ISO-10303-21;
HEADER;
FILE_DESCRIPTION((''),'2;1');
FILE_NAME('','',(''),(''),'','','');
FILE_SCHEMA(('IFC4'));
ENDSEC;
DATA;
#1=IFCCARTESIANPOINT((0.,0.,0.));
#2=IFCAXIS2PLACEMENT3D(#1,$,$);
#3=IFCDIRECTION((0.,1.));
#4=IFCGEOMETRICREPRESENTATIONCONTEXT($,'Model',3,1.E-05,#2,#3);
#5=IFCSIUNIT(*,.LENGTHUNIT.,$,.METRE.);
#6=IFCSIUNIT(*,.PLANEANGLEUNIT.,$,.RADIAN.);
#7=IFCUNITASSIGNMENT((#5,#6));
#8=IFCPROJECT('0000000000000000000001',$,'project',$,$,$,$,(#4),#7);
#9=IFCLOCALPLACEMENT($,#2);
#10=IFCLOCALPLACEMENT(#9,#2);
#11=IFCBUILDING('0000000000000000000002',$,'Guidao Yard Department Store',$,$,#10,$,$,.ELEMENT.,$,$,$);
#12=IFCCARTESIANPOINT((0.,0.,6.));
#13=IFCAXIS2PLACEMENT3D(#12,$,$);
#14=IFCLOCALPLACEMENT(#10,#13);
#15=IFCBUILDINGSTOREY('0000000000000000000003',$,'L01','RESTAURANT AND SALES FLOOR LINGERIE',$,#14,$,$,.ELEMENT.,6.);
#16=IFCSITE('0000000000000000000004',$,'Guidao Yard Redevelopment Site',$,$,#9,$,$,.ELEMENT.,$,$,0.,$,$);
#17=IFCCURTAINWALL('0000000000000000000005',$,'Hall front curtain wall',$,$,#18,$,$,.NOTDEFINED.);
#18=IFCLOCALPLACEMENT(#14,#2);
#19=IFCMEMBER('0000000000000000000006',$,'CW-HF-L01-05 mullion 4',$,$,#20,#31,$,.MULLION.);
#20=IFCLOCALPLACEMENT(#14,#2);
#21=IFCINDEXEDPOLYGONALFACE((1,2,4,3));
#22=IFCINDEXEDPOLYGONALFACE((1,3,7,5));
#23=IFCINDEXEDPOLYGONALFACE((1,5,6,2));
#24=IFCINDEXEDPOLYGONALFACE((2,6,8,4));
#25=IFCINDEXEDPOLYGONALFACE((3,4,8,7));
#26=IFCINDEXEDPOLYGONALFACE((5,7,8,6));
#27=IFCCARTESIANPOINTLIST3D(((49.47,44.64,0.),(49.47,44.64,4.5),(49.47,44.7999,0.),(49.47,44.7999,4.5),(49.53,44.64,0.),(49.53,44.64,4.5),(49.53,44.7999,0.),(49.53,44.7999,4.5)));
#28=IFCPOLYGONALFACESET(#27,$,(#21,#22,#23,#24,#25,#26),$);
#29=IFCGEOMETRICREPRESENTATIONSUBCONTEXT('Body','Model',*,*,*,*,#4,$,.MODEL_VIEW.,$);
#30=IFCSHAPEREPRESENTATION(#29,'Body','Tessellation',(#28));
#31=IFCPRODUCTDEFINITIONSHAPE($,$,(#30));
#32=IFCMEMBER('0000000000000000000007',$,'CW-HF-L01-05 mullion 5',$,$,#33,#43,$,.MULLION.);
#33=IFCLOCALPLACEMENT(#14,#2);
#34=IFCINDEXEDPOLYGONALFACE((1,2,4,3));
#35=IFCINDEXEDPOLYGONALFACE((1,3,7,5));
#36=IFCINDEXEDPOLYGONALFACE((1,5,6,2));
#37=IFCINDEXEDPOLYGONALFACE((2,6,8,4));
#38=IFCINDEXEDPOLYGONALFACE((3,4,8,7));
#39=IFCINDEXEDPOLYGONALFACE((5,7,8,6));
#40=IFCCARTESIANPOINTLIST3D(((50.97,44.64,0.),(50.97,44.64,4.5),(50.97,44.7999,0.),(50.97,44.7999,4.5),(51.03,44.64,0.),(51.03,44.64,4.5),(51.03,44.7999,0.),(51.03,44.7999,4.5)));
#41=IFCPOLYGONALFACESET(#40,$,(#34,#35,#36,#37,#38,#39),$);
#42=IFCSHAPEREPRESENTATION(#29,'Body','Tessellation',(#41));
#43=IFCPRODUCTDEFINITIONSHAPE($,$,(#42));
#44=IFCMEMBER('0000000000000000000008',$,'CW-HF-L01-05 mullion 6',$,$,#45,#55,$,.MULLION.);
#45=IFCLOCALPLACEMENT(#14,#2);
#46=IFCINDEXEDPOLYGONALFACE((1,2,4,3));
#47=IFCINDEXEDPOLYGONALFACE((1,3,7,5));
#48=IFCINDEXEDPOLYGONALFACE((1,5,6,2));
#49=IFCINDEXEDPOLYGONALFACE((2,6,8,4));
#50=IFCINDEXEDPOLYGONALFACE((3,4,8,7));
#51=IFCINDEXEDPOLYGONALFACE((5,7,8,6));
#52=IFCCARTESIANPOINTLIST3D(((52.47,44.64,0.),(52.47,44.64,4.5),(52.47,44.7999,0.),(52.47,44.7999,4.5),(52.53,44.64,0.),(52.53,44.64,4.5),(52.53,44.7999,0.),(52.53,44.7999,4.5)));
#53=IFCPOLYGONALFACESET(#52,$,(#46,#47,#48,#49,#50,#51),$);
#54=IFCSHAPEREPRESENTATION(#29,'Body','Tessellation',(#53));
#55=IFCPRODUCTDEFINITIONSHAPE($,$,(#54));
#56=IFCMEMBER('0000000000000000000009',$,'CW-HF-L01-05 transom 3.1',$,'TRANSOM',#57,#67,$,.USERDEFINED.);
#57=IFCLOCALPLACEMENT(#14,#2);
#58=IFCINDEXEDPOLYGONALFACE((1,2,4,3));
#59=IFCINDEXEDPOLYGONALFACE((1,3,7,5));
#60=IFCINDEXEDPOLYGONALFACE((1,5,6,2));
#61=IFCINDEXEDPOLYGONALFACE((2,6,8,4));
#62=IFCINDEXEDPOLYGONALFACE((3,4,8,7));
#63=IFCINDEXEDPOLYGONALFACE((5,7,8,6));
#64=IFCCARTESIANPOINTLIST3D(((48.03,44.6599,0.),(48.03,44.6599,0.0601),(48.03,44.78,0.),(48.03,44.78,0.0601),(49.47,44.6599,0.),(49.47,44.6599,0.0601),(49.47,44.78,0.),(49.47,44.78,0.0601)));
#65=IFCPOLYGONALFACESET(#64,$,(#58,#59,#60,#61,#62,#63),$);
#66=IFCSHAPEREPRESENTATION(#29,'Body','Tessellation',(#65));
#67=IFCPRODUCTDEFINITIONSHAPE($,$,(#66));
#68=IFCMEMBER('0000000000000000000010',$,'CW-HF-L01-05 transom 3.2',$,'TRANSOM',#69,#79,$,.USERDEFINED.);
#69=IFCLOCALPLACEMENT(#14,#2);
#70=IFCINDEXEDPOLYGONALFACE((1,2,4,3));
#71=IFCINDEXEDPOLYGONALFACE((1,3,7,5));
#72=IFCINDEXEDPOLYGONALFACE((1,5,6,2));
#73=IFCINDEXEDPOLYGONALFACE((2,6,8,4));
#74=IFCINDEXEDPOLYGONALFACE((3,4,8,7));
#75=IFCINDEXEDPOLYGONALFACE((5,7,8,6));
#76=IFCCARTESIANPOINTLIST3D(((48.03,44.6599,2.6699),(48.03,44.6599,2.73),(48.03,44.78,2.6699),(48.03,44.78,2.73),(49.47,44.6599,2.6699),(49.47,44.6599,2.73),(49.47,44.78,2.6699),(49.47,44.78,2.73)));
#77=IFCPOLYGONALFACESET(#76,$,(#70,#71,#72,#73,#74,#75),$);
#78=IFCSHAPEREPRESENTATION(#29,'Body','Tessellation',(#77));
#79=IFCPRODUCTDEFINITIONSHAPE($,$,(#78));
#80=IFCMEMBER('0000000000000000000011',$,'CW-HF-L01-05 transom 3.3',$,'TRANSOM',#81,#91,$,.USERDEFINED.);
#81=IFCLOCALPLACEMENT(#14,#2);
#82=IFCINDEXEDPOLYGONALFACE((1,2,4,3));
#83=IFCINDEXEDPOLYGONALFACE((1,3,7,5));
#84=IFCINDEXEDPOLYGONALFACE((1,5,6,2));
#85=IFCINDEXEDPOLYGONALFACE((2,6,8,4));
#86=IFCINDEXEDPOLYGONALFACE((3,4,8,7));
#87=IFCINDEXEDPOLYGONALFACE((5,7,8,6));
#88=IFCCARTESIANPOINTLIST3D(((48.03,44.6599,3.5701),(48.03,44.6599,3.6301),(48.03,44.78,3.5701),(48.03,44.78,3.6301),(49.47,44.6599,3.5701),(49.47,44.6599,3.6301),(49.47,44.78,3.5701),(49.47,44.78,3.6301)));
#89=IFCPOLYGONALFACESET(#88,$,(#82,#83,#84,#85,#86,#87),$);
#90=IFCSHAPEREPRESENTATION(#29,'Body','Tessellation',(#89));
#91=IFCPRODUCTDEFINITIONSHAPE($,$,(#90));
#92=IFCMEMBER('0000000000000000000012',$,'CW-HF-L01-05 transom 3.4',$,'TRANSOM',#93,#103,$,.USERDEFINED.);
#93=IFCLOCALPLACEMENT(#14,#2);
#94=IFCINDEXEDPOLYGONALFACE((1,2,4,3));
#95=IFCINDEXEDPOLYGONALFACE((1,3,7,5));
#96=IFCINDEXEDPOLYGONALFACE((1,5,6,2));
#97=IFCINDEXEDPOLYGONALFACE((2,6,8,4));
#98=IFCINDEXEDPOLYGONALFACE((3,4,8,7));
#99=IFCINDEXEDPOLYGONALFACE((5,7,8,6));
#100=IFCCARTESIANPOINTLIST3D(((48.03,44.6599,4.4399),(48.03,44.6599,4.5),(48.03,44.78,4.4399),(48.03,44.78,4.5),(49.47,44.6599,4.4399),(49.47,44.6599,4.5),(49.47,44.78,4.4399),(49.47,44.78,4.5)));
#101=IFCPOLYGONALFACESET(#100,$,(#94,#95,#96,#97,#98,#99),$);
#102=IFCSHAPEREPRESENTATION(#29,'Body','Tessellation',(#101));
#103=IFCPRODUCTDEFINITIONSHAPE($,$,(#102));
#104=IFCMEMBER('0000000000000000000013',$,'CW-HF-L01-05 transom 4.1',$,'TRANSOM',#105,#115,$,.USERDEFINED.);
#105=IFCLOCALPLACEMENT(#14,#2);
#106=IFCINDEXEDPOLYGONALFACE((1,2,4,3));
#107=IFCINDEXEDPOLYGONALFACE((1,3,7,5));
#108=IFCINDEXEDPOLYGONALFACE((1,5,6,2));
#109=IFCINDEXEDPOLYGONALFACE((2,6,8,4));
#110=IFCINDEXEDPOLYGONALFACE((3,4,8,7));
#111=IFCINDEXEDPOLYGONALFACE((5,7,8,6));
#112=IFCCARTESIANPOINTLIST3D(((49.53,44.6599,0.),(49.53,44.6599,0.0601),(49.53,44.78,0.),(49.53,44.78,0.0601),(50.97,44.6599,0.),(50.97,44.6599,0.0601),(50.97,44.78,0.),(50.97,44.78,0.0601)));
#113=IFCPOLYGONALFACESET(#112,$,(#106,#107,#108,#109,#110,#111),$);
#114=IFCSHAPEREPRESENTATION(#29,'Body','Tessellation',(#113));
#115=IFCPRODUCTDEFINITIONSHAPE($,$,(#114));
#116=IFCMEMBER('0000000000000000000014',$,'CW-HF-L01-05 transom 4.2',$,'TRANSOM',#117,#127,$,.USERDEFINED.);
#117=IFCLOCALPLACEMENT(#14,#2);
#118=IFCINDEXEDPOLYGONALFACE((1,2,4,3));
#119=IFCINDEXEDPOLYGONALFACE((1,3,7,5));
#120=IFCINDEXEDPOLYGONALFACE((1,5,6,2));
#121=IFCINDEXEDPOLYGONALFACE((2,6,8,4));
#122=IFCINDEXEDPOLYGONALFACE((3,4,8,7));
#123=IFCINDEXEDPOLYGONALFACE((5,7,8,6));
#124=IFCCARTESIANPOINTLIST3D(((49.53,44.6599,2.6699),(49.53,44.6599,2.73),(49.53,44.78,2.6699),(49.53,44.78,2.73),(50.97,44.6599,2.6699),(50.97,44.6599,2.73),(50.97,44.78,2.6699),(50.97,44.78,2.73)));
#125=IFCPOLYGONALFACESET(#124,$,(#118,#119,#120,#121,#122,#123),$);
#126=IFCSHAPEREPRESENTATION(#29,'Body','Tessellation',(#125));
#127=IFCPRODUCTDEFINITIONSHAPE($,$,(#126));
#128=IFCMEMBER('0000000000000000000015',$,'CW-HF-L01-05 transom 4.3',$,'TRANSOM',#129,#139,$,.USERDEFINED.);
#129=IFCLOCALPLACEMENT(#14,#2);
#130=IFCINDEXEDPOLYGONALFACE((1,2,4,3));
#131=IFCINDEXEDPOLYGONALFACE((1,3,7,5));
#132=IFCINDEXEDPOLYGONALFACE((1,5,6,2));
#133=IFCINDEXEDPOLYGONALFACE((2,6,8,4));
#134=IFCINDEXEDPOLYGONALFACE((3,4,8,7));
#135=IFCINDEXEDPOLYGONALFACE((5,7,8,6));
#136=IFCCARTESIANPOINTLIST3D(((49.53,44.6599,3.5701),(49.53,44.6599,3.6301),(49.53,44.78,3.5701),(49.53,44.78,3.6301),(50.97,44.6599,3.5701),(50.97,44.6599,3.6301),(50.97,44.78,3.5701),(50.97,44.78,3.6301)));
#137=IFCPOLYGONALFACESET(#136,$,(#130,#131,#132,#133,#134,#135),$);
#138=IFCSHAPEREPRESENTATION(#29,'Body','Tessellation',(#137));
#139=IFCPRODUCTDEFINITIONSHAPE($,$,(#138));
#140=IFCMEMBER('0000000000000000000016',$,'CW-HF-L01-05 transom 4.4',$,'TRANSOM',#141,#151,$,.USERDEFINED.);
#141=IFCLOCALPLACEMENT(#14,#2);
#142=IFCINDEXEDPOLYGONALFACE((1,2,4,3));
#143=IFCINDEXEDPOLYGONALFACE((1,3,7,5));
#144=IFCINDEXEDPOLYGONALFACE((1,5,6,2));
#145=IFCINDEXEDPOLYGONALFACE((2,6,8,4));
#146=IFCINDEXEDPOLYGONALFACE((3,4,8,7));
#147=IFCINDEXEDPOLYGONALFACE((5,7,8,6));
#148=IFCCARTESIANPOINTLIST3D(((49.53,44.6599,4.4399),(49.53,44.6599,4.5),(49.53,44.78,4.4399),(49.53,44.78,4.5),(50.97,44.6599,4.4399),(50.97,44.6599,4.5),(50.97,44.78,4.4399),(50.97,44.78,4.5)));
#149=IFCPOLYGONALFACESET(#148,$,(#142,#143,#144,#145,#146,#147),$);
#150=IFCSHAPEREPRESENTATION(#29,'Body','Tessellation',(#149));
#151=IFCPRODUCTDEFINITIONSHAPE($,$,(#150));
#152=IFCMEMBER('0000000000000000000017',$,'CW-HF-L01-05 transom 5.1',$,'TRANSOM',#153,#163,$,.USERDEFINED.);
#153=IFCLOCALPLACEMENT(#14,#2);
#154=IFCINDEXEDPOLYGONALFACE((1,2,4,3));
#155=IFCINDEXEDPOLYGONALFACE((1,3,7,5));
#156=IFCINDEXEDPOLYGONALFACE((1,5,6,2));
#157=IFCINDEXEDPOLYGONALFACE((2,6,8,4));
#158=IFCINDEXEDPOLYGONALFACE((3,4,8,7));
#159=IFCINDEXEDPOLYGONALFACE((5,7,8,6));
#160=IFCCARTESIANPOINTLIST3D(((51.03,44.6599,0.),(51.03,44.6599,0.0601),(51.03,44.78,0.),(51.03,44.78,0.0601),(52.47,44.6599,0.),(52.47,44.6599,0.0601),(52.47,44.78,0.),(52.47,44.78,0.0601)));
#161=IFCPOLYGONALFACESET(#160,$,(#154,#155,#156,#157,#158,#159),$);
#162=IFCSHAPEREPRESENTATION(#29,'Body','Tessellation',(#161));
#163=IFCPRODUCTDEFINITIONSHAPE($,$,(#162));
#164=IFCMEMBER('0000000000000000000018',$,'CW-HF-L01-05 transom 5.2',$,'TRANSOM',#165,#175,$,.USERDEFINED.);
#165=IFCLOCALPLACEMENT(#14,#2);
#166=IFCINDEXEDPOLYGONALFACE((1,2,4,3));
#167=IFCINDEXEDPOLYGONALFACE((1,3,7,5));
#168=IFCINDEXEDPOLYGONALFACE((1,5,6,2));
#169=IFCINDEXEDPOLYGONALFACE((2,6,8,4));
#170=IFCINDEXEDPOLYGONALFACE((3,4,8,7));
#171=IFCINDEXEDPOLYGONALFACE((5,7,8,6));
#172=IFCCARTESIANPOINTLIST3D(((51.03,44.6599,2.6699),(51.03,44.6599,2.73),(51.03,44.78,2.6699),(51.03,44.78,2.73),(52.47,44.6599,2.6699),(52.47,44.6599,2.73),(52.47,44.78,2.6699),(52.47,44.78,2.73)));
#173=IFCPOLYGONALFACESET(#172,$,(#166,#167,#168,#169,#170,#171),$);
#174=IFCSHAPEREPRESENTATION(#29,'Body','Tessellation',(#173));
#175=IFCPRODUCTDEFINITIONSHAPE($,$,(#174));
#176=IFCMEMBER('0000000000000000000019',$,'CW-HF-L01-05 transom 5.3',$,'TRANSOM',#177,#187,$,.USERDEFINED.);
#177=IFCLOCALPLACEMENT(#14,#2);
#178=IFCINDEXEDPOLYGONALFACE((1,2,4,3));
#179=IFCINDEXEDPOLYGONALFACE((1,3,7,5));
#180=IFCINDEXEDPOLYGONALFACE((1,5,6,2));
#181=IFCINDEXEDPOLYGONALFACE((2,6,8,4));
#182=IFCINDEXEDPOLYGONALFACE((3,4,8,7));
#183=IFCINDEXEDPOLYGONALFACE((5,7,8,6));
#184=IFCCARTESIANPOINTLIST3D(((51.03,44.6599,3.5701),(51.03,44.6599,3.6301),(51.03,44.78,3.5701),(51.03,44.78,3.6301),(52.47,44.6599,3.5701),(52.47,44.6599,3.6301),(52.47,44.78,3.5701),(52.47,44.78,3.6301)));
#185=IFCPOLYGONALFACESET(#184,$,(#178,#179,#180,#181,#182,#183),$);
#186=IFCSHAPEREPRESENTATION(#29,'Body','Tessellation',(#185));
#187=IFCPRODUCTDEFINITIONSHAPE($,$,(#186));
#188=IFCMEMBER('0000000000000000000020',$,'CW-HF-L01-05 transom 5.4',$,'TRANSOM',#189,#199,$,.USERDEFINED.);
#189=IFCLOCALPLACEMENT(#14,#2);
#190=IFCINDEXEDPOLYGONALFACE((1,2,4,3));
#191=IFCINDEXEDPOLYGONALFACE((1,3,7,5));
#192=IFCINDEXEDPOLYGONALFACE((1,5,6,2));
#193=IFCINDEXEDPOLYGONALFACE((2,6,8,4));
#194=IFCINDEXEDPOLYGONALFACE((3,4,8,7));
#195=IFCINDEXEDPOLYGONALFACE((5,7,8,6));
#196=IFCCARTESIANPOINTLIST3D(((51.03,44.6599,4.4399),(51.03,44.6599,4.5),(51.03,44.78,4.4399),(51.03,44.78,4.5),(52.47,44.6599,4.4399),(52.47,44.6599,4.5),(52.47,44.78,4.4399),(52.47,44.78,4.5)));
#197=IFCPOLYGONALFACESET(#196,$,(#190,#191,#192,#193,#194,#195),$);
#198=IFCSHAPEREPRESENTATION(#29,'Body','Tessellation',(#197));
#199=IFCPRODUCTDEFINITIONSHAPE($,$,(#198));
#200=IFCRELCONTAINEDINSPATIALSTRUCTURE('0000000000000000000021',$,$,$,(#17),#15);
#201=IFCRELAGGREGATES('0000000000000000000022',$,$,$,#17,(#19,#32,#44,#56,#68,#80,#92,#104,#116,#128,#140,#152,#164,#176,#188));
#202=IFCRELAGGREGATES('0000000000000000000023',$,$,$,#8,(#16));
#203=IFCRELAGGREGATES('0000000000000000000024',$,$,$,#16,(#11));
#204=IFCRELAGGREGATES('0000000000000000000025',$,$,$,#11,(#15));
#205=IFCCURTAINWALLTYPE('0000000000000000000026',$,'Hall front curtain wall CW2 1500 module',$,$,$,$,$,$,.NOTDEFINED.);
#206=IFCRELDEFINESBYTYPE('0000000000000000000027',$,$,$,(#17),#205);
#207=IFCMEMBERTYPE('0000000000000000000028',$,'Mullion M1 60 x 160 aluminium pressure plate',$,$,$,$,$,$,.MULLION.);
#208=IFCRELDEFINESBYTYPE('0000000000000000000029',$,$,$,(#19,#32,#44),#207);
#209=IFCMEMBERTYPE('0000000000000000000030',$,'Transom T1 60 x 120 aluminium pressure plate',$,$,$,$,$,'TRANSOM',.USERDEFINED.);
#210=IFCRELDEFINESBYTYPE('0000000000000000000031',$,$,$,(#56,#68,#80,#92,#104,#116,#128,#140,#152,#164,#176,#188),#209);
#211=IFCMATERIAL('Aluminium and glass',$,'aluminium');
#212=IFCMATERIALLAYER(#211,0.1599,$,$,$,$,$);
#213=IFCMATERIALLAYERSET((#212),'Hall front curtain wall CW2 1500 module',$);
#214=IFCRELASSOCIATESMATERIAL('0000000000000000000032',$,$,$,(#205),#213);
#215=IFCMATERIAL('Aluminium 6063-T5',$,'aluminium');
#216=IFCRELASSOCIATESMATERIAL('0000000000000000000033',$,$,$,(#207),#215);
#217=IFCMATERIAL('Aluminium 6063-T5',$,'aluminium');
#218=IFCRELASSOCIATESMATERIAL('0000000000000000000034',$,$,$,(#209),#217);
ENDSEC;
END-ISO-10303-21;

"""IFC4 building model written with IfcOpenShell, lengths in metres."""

from ifc_helpers import new_model, si_unit, direction, frame, origin, origin_2d, place, context, subcontext, project, spatial, rectangle, extrude, material, layer, layer_set, material_profile, profile_set, type_object, element, aggregate, save


model = new_model("IFC4")

# Units and contexts
model_context = context("Model", 3, precision=1e-05, world=origin(), true_north=direction((0.0, 1.0)))
body_context = subcontext(model_context, "Body", "Model", "MODEL_VIEW")
ifc_project = project(units=[si_unit("LENGTHUNIT", "METRE"), si_unit("PLANEANGLEUNIT", "RADIAN")], contexts=[model_context])

# Site, building, storey
site_placement = place(None, origin())
site = spatial("IfcSite", under=ifc_project, at=site_placement, Name="Guidao Yard Redevelopment Site", CompositionType="ELEMENT", RefElevation=0.0)
building_placement = place(site_placement, origin())
building = spatial("IfcBuilding", under=site, at=building_placement, Name="Guidao Yard Department Store", CompositionType="ELEMENT")
storey_placement = place(building_placement, frame((0.0, 0.0, 6.0)))
storey = spatial("IfcBuildingStorey", under=building, at=storey_placement, Name="L01", Description="RESTAURANT AND SALES FLOOR LINGERIE", CompositionType="ELEMENT", Elevation=6.0)

# Curtain wall, members
ifc_material_1 = material(Name="Aluminium and glass", Category="aluminium")
ifc_layer_1 = layer(ifc_material_1, 0.1599)
ifc_layer_set_1 = layer_set([ifc_layer_1], Name="Hall front curtain wall CW2 1500 module")
curtain_wall_type = type_object("IfcCurtainWallType", Name="Hall front curtain wall CW2 1500 module", PredefinedType="NOTDEFINED", material=ifc_layer_set_1)
curtain_wall_placement = place(storey_placement, origin())
curtain_wall = element("IfcCurtainWall", 1, at=curtain_wall_placement, inside=storey, type_object=curtain_wall_type, Name="Hall front curtain wall", PredefinedType="NOTDEFINED")
ifc_material_2 = material(Name="Aluminium 6063-T5", Category="aluminium")
ifc_material_profile_1 = material_profile(ifc_material_2, rectangle(XDim=0.0601, YDim=0.1599, at=origin_2d()), Name="Mullion M1 60 x 160 aluminium pressure plate")
ifc_profile_set_1 = profile_set([ifc_material_profile_1], Name="Aluminium 6063-T5")
member_type_1 = type_object("IfcMemberType", Name="Mullion M1 60 x 160 aluminium pressure plate", PredefinedType="MULLION", material=ifc_profile_set_1)
member_1_placement = place(storey_placement, frame((49.5, 44.72, 0.0), z_axis=(0.0, 0.0, 1.0), x_axis=(-1.0, 0.0, 0.0)))
member_1 = element("IfcMember", 2, at=member_1_placement, type_object=member_type_1, Name="CW-HF-L01-05 mullion 4", PredefinedType="MULLION", context=body_context, shape_type="SweptSolid", body=[
    extrude(rectangle(XDim=0.0601, YDim=0.1599, at=origin_2d()), origin(), (0.0, 0.0, 1.0), 4.5),
])
member_2_placement = place(storey_placement, frame((51.0, 44.72, 0.0), z_axis=(0.0, 0.0, 1.0), x_axis=(-1.0, 0.0, 0.0)))
member_2 = element("IfcMember", 3, at=member_2_placement, type_object=member_type_1, Name="CW-HF-L01-05 mullion 5", PredefinedType="MULLION", context=body_context, shape_type="SweptSolid", body=[
    extrude(rectangle(XDim=0.0601, YDim=0.1599, at=origin_2d()), origin(), (0.0, 0.0, 1.0), 4.5),
])
member_3_placement = place(storey_placement, frame((52.5, 44.72, 0.0), z_axis=(0.0, 0.0, 1.0), x_axis=(-1.0, 0.0, 0.0)))
member_3 = element("IfcMember", 4, at=member_3_placement, type_object=member_type_1, Name="CW-HF-L01-05 mullion 6", PredefinedType="MULLION", context=body_context, shape_type="SweptSolid", body=[
    extrude(rectangle(XDim=0.0601, YDim=0.1599, at=origin_2d()), origin(), (0.0, 0.0, 1.0), 4.5),
])
ifc_material_3 = material(Name="Aluminium 6063-T5", Category="aluminium")
ifc_material_profile_2 = material_profile(ifc_material_3, rectangle(XDim=0.1201, YDim=0.0601, at=origin_2d()), Name="Transom T1 60 x 120 aluminium pressure plate")
ifc_profile_set_2 = profile_set([ifc_material_profile_2], Name="Aluminium 6063-T5")
member_type_2 = type_object("IfcMemberType", Name="Transom T1 60 x 120 aluminium pressure plate", ElementType="TRANSOM", PredefinedType="USERDEFINED", material=ifc_profile_set_2)
member_4_placement = place(storey_placement, frame((49.47, 44.72, 0.03), z_axis=(-1.0, 0.0, 0.0), x_axis=(0.0, -1.0, 0.0)))
member_4 = element("IfcMember", 5, at=member_4_placement, type_object=member_type_2, Name="CW-HF-L01-05 transom 3.1", ObjectType="TRANSOM", PredefinedType="USERDEFINED", context=body_context, shape_type="SweptSolid", body=[
    extrude(rectangle(XDim=0.1201, YDim=0.0601, at=origin_2d()), origin(), (0.0, 0.0, 1.0), 1.4399),
])
member_5_placement = place(storey_placement, frame((49.47, 44.72, 2.7), z_axis=(-1.0, 0.0, 0.0), x_axis=(0.0, -1.0, 0.0)))
member_5 = element("IfcMember", 6, at=member_5_placement, type_object=member_type_2, Name="CW-HF-L01-05 transom 3.2", ObjectType="TRANSOM", PredefinedType="USERDEFINED", context=body_context, shape_type="SweptSolid", body=[
    extrude(rectangle(XDim=0.1201, YDim=0.0601, at=origin_2d()), origin(), (0.0, 0.0, 1.0), 1.4399),
])
member_6_placement = place(storey_placement, frame((49.47, 44.72, 3.6001), z_axis=(-1.0, 0.0, 0.0), x_axis=(0.0, -1.0, 0.0)))
member_6 = element("IfcMember", 7, at=member_6_placement, type_object=member_type_2, Name="CW-HF-L01-05 transom 3.3", ObjectType="TRANSOM", PredefinedType="USERDEFINED", context=body_context, shape_type="SweptSolid", body=[
    extrude(rectangle(XDim=0.1201, YDim=0.0601, at=origin_2d()), origin(), (0.0, 0.0, 1.0), 1.4399),
])
member_7_placement = place(storey_placement, frame((49.47, 44.72, 4.47), z_axis=(-1.0, 0.0, 0.0), x_axis=(0.0, -1.0, 0.0)))
member_7 = element("IfcMember", 8, at=member_7_placement, type_object=member_type_2, Name="CW-HF-L01-05 transom 3.4", ObjectType="TRANSOM", PredefinedType="USERDEFINED", context=body_context, shape_type="SweptSolid", body=[
    extrude(rectangle(XDim=0.1201, YDim=0.0601, at=origin_2d()), origin(), (0.0, 0.0, 1.0), 1.4399),
])
member_8_placement = place(storey_placement, frame((50.97, 44.72, 0.03), z_axis=(-1.0, 0.0, 0.0), x_axis=(0.0, -1.0, 0.0)))
member_8 = element("IfcMember", 9, at=member_8_placement, type_object=member_type_2, Name="CW-HF-L01-05 transom 4.1", ObjectType="TRANSOM", PredefinedType="USERDEFINED", context=body_context, shape_type="SweptSolid", body=[
    extrude(rectangle(XDim=0.1201, YDim=0.0601, at=origin_2d()), origin(), (0.0, 0.0, 1.0), 1.4399),
])
member_9_placement = place(storey_placement, frame((50.97, 44.72, 2.7), z_axis=(-1.0, 0.0, 0.0), x_axis=(0.0, -1.0, 0.0)))
member_9 = element("IfcMember", 10, at=member_9_placement, type_object=member_type_2, Name="CW-HF-L01-05 transom 4.2", ObjectType="TRANSOM", PredefinedType="USERDEFINED", context=body_context, shape_type="SweptSolid", body=[
    extrude(rectangle(XDim=0.1201, YDim=0.0601, at=origin_2d()), origin(), (0.0, 0.0, 1.0), 1.4399),
])
member_10_placement = place(storey_placement, frame((50.97, 44.72, 3.6001), z_axis=(-1.0, 0.0, 0.0), x_axis=(0.0, -1.0, 0.0)))
member_10 = element("IfcMember", 11, at=member_10_placement, type_object=member_type_2, Name="CW-HF-L01-05 transom 4.3", ObjectType="TRANSOM", PredefinedType="USERDEFINED", context=body_context, shape_type="SweptSolid", body=[
    extrude(rectangle(XDim=0.1201, YDim=0.0601, at=origin_2d()), origin(), (0.0, 0.0, 1.0), 1.4399),
])
member_11_placement = place(storey_placement, frame((50.97, 44.72, 4.47), z_axis=(-1.0, 0.0, 0.0), x_axis=(0.0, -1.0, 0.0)))
member_11 = element("IfcMember", 12, at=member_11_placement, type_object=member_type_2, Name="CW-HF-L01-05 transom 4.4", ObjectType="TRANSOM", PredefinedType="USERDEFINED", context=body_context, shape_type="SweptSolid", body=[
    extrude(rectangle(XDim=0.1201, YDim=0.0601, at=origin_2d()), origin(), (0.0, 0.0, 1.0), 1.4399),
])
member_12_placement = place(storey_placement, frame((52.47, 44.72, 0.03), z_axis=(-1.0, 0.0, 0.0), x_axis=(0.0, -1.0, 0.0)))
member_12 = element("IfcMember", 13, at=member_12_placement, type_object=member_type_2, Name="CW-HF-L01-05 transom 5.1", ObjectType="TRANSOM", PredefinedType="USERDEFINED", context=body_context, shape_type="SweptSolid", body=[
    extrude(rectangle(XDim=0.1201, YDim=0.0601, at=origin_2d()), origin(), (0.0, 0.0, 1.0), 1.4399),
])
member_13_placement = place(storey_placement, frame((52.47, 44.72, 2.7), z_axis=(-1.0, 0.0, 0.0), x_axis=(0.0, -1.0, 0.0)))
member_13 = element("IfcMember", 14, at=member_13_placement, type_object=member_type_2, Name="CW-HF-L01-05 transom 5.2", ObjectType="TRANSOM", PredefinedType="USERDEFINED", context=body_context, shape_type="SweptSolid", body=[
    extrude(rectangle(XDim=0.1201, YDim=0.0601, at=origin_2d()), origin(), (0.0, 0.0, 1.0), 1.4399),
])
member_14_placement = place(storey_placement, frame((52.47, 44.72, 3.6001), z_axis=(-1.0, 0.0, 0.0), x_axis=(0.0, -1.0, 0.0)))
member_14 = element("IfcMember", 15, at=member_14_placement, type_object=member_type_2, Name="CW-HF-L01-05 transom 5.3", ObjectType="TRANSOM", PredefinedType="USERDEFINED", context=body_context, shape_type="SweptSolid", body=[
    extrude(rectangle(XDim=0.1201, YDim=0.0601, at=origin_2d()), origin(), (0.0, 0.0, 1.0), 1.4399),
])
member_15_placement = place(storey_placement, frame((52.47, 44.72, 4.47), z_axis=(-1.0, 0.0, 0.0), x_axis=(0.0, -1.0, 0.0)))
member_15 = element("IfcMember", 16, at=member_15_placement, type_object=member_type_2, Name="CW-HF-L01-05 transom 5.4", ObjectType="TRANSOM", PredefinedType="USERDEFINED", context=body_context, shape_type="SweptSolid", body=[
    extrude(rectangle(XDim=0.1201, YDim=0.0601, at=origin_2d()), origin(), (0.0, 0.0, 1.0), 1.4399),
])
aggregate(curtain_wall, [member_1, member_2, member_3, member_4, member_5, member_6, member_7, member_8, member_9, member_10, member_11, member_12, member_13, member_14, member_15])

save(model, "model.ifc")
